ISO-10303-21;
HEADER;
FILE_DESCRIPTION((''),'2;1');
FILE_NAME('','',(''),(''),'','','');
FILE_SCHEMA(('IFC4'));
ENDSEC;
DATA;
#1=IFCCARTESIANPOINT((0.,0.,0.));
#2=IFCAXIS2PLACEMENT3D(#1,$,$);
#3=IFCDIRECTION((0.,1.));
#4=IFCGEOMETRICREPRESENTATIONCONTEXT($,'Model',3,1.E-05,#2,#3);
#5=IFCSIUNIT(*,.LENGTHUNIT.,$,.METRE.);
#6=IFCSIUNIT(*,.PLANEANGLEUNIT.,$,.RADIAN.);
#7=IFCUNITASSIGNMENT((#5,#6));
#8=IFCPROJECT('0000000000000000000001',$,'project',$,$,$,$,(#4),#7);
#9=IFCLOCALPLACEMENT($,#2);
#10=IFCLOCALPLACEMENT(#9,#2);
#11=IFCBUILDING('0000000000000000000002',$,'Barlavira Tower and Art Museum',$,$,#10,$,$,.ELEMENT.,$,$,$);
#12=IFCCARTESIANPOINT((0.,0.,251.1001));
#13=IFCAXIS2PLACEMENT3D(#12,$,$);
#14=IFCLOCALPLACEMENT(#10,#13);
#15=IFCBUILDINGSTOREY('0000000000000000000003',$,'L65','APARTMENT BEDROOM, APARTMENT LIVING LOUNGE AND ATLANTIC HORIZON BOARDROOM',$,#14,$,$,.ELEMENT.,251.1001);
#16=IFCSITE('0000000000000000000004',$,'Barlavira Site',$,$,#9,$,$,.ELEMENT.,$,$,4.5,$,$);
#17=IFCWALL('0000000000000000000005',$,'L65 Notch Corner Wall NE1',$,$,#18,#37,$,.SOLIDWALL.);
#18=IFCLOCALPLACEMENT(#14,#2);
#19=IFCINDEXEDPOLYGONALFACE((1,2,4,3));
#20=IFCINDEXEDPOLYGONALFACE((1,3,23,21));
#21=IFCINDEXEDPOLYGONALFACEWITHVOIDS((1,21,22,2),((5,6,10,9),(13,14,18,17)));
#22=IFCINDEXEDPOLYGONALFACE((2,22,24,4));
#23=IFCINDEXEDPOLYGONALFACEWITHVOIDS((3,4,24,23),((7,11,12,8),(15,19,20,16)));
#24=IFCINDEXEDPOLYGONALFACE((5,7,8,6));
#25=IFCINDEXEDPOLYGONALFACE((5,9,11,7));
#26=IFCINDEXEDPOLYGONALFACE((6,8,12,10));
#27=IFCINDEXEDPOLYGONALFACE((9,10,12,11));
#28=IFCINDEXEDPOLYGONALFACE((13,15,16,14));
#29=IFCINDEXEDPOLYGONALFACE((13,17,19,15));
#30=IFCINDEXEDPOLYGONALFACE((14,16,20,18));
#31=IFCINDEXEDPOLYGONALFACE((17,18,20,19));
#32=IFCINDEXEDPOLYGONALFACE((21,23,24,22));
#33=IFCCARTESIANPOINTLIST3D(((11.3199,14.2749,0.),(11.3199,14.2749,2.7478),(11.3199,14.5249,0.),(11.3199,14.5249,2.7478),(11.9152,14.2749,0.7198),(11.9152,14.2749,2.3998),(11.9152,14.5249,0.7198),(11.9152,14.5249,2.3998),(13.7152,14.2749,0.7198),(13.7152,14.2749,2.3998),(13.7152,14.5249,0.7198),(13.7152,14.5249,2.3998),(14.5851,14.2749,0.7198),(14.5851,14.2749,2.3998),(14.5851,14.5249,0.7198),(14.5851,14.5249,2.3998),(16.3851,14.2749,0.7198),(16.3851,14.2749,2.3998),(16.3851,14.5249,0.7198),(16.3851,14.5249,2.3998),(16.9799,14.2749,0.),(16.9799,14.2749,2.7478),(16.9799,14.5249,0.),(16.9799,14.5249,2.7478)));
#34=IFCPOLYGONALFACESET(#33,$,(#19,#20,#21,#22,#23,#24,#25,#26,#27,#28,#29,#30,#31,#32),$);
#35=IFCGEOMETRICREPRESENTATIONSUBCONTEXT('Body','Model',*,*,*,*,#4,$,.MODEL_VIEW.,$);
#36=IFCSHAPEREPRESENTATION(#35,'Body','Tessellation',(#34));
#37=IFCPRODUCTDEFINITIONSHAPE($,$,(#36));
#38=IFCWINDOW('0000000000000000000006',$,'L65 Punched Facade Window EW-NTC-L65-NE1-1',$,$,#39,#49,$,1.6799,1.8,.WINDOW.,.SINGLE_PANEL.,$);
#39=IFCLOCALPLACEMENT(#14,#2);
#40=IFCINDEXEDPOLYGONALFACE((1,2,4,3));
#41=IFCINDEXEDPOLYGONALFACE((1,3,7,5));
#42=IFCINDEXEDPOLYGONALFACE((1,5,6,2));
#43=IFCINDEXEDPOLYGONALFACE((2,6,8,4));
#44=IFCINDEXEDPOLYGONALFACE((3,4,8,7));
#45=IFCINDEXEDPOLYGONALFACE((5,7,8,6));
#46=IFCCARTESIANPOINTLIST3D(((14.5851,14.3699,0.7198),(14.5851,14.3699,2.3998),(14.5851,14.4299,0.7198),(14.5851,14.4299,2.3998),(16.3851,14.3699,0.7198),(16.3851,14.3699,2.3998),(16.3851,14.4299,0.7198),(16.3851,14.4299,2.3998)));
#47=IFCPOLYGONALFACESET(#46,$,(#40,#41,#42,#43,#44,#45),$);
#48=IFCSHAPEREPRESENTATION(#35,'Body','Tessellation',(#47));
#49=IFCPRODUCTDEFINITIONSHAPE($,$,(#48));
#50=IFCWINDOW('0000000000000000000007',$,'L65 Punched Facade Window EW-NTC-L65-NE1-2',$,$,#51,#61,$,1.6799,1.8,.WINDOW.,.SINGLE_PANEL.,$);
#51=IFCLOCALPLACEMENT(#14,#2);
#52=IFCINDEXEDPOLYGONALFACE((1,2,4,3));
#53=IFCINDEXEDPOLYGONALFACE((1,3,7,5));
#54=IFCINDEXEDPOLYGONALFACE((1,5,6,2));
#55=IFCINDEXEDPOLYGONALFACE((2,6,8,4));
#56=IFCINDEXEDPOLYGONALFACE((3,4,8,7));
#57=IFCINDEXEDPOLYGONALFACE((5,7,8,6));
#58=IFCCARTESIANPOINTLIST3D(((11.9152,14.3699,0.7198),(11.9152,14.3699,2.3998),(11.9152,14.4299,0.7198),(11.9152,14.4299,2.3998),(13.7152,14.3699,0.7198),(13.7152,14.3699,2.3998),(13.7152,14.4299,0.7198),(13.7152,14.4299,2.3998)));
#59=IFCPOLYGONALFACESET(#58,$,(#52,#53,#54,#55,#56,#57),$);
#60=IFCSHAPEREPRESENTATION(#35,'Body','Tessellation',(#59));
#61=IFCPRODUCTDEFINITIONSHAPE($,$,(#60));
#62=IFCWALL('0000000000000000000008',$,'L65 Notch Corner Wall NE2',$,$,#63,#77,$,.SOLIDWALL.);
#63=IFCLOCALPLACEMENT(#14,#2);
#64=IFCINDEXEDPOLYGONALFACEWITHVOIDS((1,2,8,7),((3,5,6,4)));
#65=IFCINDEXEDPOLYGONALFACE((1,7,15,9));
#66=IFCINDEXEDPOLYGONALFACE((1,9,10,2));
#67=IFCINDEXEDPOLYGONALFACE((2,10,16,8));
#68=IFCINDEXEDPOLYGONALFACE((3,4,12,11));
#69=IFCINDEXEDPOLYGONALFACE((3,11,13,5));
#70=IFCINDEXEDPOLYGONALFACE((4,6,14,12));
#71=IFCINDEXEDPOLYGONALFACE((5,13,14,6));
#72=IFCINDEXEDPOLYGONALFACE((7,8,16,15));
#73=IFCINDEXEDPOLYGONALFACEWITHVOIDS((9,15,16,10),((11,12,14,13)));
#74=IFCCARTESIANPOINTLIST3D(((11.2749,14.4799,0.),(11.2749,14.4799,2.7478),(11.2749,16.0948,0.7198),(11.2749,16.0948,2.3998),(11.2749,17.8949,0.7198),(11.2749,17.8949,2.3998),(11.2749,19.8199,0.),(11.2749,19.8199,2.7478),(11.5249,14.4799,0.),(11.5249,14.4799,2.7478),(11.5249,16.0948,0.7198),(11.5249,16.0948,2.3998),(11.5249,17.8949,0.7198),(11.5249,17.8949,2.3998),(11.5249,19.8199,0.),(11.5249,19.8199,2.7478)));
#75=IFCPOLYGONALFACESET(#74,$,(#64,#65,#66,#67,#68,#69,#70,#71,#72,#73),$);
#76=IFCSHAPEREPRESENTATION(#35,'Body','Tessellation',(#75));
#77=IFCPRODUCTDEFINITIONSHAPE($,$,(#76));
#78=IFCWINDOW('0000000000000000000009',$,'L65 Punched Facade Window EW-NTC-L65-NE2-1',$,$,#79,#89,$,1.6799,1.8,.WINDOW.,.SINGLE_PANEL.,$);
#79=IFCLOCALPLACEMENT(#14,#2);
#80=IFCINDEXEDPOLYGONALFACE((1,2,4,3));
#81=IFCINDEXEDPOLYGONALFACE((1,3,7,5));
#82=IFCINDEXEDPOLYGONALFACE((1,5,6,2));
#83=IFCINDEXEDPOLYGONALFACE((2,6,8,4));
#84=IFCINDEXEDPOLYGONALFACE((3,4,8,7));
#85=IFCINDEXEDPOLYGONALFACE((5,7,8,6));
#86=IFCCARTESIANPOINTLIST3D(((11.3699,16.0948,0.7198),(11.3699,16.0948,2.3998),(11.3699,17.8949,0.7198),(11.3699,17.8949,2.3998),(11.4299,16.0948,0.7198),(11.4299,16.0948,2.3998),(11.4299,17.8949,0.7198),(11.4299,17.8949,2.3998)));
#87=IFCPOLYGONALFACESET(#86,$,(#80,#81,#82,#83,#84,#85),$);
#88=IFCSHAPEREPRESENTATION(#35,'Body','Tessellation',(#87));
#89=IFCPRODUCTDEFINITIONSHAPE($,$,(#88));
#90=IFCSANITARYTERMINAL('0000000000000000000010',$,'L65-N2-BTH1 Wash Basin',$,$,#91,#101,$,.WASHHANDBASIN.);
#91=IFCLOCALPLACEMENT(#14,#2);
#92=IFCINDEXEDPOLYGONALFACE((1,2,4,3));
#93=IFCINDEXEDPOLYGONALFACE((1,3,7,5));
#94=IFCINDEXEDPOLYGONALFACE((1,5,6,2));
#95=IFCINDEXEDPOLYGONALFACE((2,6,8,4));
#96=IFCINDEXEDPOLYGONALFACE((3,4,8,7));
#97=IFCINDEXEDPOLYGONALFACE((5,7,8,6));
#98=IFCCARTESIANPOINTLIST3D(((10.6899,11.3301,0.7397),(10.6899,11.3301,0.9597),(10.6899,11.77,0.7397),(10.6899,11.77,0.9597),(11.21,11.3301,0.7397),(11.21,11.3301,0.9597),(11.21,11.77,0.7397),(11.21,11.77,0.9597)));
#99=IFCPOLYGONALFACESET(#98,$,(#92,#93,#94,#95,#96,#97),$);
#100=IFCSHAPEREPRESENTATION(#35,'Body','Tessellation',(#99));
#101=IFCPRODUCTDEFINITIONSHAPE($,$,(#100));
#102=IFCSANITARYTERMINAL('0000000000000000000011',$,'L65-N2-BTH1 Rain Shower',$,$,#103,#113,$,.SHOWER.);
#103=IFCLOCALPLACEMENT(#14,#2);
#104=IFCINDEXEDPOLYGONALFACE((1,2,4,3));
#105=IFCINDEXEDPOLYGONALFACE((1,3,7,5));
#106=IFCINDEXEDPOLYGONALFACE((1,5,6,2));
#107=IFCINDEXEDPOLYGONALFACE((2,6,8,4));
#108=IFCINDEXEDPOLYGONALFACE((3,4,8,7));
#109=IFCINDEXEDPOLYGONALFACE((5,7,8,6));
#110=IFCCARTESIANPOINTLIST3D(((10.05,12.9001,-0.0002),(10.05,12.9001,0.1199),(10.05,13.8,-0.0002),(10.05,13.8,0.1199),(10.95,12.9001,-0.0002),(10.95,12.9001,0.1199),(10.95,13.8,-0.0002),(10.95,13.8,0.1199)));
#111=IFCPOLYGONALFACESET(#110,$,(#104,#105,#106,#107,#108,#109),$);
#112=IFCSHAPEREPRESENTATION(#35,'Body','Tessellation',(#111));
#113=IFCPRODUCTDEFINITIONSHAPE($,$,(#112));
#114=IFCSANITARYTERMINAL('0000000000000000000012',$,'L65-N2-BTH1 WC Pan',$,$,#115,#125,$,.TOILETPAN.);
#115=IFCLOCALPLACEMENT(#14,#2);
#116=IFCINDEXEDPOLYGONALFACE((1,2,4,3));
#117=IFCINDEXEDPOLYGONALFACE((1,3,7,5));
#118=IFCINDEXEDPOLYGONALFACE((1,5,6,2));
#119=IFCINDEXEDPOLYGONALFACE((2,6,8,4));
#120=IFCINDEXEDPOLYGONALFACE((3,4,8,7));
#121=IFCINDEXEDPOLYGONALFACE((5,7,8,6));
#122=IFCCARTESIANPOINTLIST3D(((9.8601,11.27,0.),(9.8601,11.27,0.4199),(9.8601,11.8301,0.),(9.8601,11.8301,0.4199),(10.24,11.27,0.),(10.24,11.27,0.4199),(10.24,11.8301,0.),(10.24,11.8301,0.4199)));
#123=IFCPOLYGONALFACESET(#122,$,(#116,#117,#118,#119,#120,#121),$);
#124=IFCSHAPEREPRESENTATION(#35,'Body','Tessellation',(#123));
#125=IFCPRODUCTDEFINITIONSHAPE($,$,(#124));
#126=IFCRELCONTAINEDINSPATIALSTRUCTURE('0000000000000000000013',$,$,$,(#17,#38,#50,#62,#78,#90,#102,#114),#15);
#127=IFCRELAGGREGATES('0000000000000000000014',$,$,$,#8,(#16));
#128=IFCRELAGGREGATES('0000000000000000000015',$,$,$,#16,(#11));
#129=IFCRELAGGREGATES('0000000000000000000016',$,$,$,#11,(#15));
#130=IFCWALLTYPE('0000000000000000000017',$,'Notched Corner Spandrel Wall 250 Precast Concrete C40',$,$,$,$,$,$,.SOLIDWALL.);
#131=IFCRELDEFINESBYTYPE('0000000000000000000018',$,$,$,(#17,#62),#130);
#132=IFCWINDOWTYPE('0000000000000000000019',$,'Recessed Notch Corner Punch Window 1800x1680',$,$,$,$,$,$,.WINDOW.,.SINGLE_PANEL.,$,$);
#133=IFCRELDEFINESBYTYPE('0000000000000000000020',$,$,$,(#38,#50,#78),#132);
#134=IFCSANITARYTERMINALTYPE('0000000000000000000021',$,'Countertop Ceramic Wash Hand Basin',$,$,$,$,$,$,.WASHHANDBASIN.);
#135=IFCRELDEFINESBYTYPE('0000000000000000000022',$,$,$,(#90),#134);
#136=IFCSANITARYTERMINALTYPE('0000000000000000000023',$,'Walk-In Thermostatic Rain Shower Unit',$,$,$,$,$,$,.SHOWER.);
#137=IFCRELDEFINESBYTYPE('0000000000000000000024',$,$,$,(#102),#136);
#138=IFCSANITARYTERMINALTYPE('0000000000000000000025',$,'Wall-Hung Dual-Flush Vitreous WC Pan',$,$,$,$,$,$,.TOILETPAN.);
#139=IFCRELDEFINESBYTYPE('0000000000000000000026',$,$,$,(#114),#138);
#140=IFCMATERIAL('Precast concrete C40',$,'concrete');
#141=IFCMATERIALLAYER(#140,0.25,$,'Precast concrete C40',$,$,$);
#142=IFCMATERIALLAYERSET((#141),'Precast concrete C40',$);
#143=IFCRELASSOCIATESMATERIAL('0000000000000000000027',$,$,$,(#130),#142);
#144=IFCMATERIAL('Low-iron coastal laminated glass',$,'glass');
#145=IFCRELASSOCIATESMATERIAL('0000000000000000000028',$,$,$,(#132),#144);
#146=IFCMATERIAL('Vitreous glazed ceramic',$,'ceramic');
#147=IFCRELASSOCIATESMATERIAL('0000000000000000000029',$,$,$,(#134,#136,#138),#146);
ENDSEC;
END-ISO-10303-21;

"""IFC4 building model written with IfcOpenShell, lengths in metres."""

from ifc_helpers import new_model, si_unit, direction, frame, frame_2d, origin, origin_2d, place, context, subcontext, project, spatial, rectangle, extrude, material, layer, layer_set, type_object, element, fill, save


model = new_model("IFC4")

# Units and contexts
model_context = context("Model", 3, precision=1e-05, world=origin(), true_north=direction((0.0, 1.0)))
body_context = subcontext(model_context, "Body", "Model", "MODEL_VIEW")
ifc_project = project(units=[si_unit("LENGTHUNIT", "METRE"), si_unit("PLANEANGLEUNIT", "RADIAN")], contexts=[model_context])

# Site, building, storey
site_placement = place(None, origin())
site = spatial("IfcSite", under=ifc_project, at=site_placement, Name="Barlavira Site", CompositionType="ELEMENT", RefElevation=4.5)
building_placement = place(site_placement, origin())
building = spatial("IfcBuilding", under=site, at=building_placement, Name="Barlavira Tower and Art Museum", CompositionType="ELEMENT")
storey_placement = place(building_placement, frame((0.0, 0.0, 251.1001)))
storey = spatial("IfcBuildingStorey", under=building, at=storey_placement, Name="L65", Description="APARTMENT BEDROOM, APARTMENT LIVING LOUNGE AND ATLANTIC HORIZON BOARDROOM", CompositionType="ELEMENT", Elevation=251.1001)

# Shared definitions
ifc_material_1 = material(Name="Precast concrete C40", Category="concrete")
ifc_layer_1 = layer(ifc_material_1, 0.25, Name="Precast concrete C40")
ifc_layer_set_1 = layer_set([ifc_layer_1], Name="Precast concrete C40")
wall_type_1 = type_object("IfcWallType", Name="Notched Corner Spandrel Wall 250 Precast Concrete C40", PredefinedType="SOLIDWALL", material=ifc_layer_set_1)
ifc_material_2 = material(Name="Low-iron coastal laminated glass", Category="glass")
window_type = type_object("IfcWindowType", Name="Recessed Notch Corner Punch Window 1800x1680", PartitioningType="SINGLE_PANEL", PredefinedType="WINDOW", material=ifc_material_2)

# Wall, openings, windows
wall_1_placement = place(storey_placement, frame((16.98, 14.3999, 0.0), z_axis=(0.0, 0.0, 1.0), x_axis=(-1.0, 0.0, 0.0)))
wall_1 = element("IfcWall", 1, at=wall_1_placement, inside=storey, type_object=wall_type_1, Name="L65 Notch Corner Wall NE1", PredefinedType="SOLIDWALL", context=body_context, shape_type="SweptSolid", body=[
    extrude(rectangle(XDim=5.6599, YDim=0.25, at=frame_2d((2.8301, 0.0))), origin(), (0.0, 0.0, 1.0), 2.7478),
])
opening_1_placement = place(wall_1_placement, frame((0.595, 0.0, 0.72)))
opening_1 = element("IfcOpeningElement", 2, at=opening_1_placement, cuts=wall_1, PredefinedType="OPENING", context=body_context, shape_type="SweptSolid", body=[
    extrude(rectangle(XDim=1.8, YDim=1.6799, at=frame_2d((0.8999, 0.8398))), frame((0.0, 0.135, 0.0), z_axis=(0.0, -1.0, 0.0), x_axis=(1.0, 0.0, 0.0)), (0.0, 0.0, 1.0), 0.27),
])
opening_2_placement = place(wall_1_placement, frame((3.2649, 0.0, 0.72)))
opening_2 = element("IfcOpeningElement", 3, at=opening_2_placement, cuts=wall_1, PredefinedType="OPENING", context=body_context, shape_type="SweptSolid", body=[
    extrude(rectangle(XDim=1.8, YDim=1.6799, at=frame_2d((0.8999, 0.8398))), frame((0.0, 0.135, 0.0), z_axis=(0.0, -1.0, 0.0), x_axis=(1.0, 0.0, 0.0)), (0.0, 0.0, 1.0), 0.27),
])
window_1_placement = place(opening_1_placement, origin())
window_1 = element("IfcWindow", 4, at=window_1_placement, inside=storey, type_object=window_type, Name="L65 Punched Facade Window EW-NTC-L65-NE1-1", OverallHeight=1.6799, OverallWidth=1.8, PartitioningType="SINGLE_PANEL", PredefinedType="WINDOW", context=body_context, shape_type="SweptSolid", body=[
    extrude(rectangle(XDim=1.8, YDim=1.6799, at=frame_2d((0.8999, 0.8398))), frame((0.0, 0.03, 0.0), z_axis=(0.0, -1.0, 0.0), x_axis=(1.0, 0.0, 0.0)), (0.0, 0.0, 1.0), 0.0601),
])
fill(opening_1, window_1)
window_2_placement = place(opening_2_placement, origin())
window_2 = element("IfcWindow", 5, at=window_2_placement, inside=storey, type_object=window_type, Name="L65 Punched Facade Window EW-NTC-L65-NE1-2", OverallHeight=1.6799, OverallWidth=1.8, PartitioningType="SINGLE_PANEL", PredefinedType="WINDOW", context=body_context, shape_type="SweptSolid", body=[
    extrude(rectangle(XDim=1.8, YDim=1.6799, at=frame_2d((0.8999, 0.8398))), frame((0.0, 0.03, 0.0), z_axis=(0.0, -1.0, 0.0), x_axis=(1.0, 0.0, 0.0)), (0.0, 0.0, 1.0), 0.0601),
])
fill(opening_2, window_2)

# Wall, opening, window
wall_2_placement = place(storey_placement, frame((11.3999, 14.48, 0.0), z_axis=(0.0, 0.0, 1.0), x_axis=(0.0, 1.0, 0.0)))
wall_2 = element("IfcWall", 6, at=wall_2_placement, inside=storey, type_object=wall_type_1, Name="L65 Notch Corner Wall NE2", PredefinedType="SOLIDWALL", context=body_context, shape_type="SweptSolid", body=[
    extrude(rectangle(XDim=5.3401, YDim=0.25, at=frame_2d((2.6699, 0.0))), origin(), (0.0, 0.0, 1.0), 2.7478),
])
opening_3_placement = place(wall_2_placement, frame((1.615, 0.0, 0.72)))
opening_3 = element("IfcOpeningElement", 7, at=opening_3_placement, cuts=wall_2, PredefinedType="OPENING", context=body_context, shape_type="SweptSolid", body=[
    extrude(rectangle(XDim=1.8, YDim=1.6799, at=frame_2d((0.8999, 0.8398))), frame((0.0, 0.135, 0.0), z_axis=(0.0, -1.0, 0.0), x_axis=(1.0, 0.0, 0.0)), (0.0, 0.0, 1.0), 0.27),
])
window_3_placement = place(opening_3_placement, origin())
window_3 = element("IfcWindow", 8, at=window_3_placement, inside=storey, type_object=window_type, Name="L65 Punched Facade Window EW-NTC-L65-NE2-1", OverallHeight=1.6799, OverallWidth=1.8, PartitioningType="SINGLE_PANEL", PredefinedType="WINDOW", context=body_context, shape_type="SweptSolid", body=[
    extrude(rectangle(XDim=1.8, YDim=1.6799, at=frame_2d((0.8999, 0.8398))), frame((0.0, 0.03, 0.0), z_axis=(0.0, -1.0, 0.0), x_axis=(1.0, 0.0, 0.0)), (0.0, 0.0, 1.0), 0.0601),
])
fill(opening_3, window_3)

# Sanitary terminals
ifc_material_3 = material(Name="Vitreous glazed ceramic", Category="ceramic")
sanitary_terminal_type_1 = type_object("IfcSanitaryTerminalType", Name="Countertop Ceramic Wash Hand Basin", PredefinedType="WASHHANDBASIN", material=ifc_material_3)
sanitary_terminal_1_placement = place(storey_placement, frame((10.95, 11.55, 0.7397), z_axis=(0.0, 0.0, 1.0), x_axis=(1.0, 0.0, 0.0)))
element("IfcSanitaryTerminal", 9, at=sanitary_terminal_1_placement, inside=storey, type_object=sanitary_terminal_type_1, Name="L65-N2-BTH1 Wash Basin", PredefinedType="WASHHANDBASIN", context=body_context, shape_type="SweptSolid", body=[
    extrude(rectangle(XDim=0.52, YDim=0.4399, at=origin_2d()), origin(), (0.0, 0.0, 1.0), 0.22),
])
sanitary_terminal_type_2 = type_object("IfcSanitaryTerminalType", Name="Walk-In Thermostatic Rain Shower Unit", PredefinedType="SHOWER", material=ifc_material_3)
sanitary_terminal_2_placement = place(storey_placement, frame((10.5, 13.3501, -0.0002), z_axis=(0.0, 0.0, 1.0), x_axis=(1.0, 0.0, 0.0)))
element("IfcSanitaryTerminal", 10, at=sanitary_terminal_2_placement, inside=storey, type_object=sanitary_terminal_type_2, Name="L65-N2-BTH1 Rain Shower", PredefinedType="SHOWER", context=body_context, shape_type="SweptSolid", body=[
    extrude(rectangle(XDim=0.8999, YDim=0.8999, at=origin_2d()), origin(), (0.0, 0.0, 1.0), 0.1201),
])
sanitary_terminal_type_3 = type_object("IfcSanitaryTerminalType", Name="Wall-Hung Dual-Flush Vitreous WC Pan", PredefinedType="TOILETPAN", material=ifc_material_3)
sanitary_terminal_3_placement = place(storey_placement, frame((10.05, 11.55, 0.0), z_axis=(0.0, 0.0, 1.0), x_axis=(1.0, 0.0, 0.0)))
element("IfcSanitaryTerminal", 11, at=sanitary_terminal_3_placement, inside=storey, type_object=sanitary_terminal_type_3, Name="L65-N2-BTH1 WC Pan", PredefinedType="TOILETPAN", context=body_context, shape_type="SweptSolid", body=[
    extrude(rectangle(XDim=0.3799, YDim=0.5601, at=origin_2d()), origin(), (0.0, 0.0, 1.0), 0.4199),
])

save(model, "model.ifc")
